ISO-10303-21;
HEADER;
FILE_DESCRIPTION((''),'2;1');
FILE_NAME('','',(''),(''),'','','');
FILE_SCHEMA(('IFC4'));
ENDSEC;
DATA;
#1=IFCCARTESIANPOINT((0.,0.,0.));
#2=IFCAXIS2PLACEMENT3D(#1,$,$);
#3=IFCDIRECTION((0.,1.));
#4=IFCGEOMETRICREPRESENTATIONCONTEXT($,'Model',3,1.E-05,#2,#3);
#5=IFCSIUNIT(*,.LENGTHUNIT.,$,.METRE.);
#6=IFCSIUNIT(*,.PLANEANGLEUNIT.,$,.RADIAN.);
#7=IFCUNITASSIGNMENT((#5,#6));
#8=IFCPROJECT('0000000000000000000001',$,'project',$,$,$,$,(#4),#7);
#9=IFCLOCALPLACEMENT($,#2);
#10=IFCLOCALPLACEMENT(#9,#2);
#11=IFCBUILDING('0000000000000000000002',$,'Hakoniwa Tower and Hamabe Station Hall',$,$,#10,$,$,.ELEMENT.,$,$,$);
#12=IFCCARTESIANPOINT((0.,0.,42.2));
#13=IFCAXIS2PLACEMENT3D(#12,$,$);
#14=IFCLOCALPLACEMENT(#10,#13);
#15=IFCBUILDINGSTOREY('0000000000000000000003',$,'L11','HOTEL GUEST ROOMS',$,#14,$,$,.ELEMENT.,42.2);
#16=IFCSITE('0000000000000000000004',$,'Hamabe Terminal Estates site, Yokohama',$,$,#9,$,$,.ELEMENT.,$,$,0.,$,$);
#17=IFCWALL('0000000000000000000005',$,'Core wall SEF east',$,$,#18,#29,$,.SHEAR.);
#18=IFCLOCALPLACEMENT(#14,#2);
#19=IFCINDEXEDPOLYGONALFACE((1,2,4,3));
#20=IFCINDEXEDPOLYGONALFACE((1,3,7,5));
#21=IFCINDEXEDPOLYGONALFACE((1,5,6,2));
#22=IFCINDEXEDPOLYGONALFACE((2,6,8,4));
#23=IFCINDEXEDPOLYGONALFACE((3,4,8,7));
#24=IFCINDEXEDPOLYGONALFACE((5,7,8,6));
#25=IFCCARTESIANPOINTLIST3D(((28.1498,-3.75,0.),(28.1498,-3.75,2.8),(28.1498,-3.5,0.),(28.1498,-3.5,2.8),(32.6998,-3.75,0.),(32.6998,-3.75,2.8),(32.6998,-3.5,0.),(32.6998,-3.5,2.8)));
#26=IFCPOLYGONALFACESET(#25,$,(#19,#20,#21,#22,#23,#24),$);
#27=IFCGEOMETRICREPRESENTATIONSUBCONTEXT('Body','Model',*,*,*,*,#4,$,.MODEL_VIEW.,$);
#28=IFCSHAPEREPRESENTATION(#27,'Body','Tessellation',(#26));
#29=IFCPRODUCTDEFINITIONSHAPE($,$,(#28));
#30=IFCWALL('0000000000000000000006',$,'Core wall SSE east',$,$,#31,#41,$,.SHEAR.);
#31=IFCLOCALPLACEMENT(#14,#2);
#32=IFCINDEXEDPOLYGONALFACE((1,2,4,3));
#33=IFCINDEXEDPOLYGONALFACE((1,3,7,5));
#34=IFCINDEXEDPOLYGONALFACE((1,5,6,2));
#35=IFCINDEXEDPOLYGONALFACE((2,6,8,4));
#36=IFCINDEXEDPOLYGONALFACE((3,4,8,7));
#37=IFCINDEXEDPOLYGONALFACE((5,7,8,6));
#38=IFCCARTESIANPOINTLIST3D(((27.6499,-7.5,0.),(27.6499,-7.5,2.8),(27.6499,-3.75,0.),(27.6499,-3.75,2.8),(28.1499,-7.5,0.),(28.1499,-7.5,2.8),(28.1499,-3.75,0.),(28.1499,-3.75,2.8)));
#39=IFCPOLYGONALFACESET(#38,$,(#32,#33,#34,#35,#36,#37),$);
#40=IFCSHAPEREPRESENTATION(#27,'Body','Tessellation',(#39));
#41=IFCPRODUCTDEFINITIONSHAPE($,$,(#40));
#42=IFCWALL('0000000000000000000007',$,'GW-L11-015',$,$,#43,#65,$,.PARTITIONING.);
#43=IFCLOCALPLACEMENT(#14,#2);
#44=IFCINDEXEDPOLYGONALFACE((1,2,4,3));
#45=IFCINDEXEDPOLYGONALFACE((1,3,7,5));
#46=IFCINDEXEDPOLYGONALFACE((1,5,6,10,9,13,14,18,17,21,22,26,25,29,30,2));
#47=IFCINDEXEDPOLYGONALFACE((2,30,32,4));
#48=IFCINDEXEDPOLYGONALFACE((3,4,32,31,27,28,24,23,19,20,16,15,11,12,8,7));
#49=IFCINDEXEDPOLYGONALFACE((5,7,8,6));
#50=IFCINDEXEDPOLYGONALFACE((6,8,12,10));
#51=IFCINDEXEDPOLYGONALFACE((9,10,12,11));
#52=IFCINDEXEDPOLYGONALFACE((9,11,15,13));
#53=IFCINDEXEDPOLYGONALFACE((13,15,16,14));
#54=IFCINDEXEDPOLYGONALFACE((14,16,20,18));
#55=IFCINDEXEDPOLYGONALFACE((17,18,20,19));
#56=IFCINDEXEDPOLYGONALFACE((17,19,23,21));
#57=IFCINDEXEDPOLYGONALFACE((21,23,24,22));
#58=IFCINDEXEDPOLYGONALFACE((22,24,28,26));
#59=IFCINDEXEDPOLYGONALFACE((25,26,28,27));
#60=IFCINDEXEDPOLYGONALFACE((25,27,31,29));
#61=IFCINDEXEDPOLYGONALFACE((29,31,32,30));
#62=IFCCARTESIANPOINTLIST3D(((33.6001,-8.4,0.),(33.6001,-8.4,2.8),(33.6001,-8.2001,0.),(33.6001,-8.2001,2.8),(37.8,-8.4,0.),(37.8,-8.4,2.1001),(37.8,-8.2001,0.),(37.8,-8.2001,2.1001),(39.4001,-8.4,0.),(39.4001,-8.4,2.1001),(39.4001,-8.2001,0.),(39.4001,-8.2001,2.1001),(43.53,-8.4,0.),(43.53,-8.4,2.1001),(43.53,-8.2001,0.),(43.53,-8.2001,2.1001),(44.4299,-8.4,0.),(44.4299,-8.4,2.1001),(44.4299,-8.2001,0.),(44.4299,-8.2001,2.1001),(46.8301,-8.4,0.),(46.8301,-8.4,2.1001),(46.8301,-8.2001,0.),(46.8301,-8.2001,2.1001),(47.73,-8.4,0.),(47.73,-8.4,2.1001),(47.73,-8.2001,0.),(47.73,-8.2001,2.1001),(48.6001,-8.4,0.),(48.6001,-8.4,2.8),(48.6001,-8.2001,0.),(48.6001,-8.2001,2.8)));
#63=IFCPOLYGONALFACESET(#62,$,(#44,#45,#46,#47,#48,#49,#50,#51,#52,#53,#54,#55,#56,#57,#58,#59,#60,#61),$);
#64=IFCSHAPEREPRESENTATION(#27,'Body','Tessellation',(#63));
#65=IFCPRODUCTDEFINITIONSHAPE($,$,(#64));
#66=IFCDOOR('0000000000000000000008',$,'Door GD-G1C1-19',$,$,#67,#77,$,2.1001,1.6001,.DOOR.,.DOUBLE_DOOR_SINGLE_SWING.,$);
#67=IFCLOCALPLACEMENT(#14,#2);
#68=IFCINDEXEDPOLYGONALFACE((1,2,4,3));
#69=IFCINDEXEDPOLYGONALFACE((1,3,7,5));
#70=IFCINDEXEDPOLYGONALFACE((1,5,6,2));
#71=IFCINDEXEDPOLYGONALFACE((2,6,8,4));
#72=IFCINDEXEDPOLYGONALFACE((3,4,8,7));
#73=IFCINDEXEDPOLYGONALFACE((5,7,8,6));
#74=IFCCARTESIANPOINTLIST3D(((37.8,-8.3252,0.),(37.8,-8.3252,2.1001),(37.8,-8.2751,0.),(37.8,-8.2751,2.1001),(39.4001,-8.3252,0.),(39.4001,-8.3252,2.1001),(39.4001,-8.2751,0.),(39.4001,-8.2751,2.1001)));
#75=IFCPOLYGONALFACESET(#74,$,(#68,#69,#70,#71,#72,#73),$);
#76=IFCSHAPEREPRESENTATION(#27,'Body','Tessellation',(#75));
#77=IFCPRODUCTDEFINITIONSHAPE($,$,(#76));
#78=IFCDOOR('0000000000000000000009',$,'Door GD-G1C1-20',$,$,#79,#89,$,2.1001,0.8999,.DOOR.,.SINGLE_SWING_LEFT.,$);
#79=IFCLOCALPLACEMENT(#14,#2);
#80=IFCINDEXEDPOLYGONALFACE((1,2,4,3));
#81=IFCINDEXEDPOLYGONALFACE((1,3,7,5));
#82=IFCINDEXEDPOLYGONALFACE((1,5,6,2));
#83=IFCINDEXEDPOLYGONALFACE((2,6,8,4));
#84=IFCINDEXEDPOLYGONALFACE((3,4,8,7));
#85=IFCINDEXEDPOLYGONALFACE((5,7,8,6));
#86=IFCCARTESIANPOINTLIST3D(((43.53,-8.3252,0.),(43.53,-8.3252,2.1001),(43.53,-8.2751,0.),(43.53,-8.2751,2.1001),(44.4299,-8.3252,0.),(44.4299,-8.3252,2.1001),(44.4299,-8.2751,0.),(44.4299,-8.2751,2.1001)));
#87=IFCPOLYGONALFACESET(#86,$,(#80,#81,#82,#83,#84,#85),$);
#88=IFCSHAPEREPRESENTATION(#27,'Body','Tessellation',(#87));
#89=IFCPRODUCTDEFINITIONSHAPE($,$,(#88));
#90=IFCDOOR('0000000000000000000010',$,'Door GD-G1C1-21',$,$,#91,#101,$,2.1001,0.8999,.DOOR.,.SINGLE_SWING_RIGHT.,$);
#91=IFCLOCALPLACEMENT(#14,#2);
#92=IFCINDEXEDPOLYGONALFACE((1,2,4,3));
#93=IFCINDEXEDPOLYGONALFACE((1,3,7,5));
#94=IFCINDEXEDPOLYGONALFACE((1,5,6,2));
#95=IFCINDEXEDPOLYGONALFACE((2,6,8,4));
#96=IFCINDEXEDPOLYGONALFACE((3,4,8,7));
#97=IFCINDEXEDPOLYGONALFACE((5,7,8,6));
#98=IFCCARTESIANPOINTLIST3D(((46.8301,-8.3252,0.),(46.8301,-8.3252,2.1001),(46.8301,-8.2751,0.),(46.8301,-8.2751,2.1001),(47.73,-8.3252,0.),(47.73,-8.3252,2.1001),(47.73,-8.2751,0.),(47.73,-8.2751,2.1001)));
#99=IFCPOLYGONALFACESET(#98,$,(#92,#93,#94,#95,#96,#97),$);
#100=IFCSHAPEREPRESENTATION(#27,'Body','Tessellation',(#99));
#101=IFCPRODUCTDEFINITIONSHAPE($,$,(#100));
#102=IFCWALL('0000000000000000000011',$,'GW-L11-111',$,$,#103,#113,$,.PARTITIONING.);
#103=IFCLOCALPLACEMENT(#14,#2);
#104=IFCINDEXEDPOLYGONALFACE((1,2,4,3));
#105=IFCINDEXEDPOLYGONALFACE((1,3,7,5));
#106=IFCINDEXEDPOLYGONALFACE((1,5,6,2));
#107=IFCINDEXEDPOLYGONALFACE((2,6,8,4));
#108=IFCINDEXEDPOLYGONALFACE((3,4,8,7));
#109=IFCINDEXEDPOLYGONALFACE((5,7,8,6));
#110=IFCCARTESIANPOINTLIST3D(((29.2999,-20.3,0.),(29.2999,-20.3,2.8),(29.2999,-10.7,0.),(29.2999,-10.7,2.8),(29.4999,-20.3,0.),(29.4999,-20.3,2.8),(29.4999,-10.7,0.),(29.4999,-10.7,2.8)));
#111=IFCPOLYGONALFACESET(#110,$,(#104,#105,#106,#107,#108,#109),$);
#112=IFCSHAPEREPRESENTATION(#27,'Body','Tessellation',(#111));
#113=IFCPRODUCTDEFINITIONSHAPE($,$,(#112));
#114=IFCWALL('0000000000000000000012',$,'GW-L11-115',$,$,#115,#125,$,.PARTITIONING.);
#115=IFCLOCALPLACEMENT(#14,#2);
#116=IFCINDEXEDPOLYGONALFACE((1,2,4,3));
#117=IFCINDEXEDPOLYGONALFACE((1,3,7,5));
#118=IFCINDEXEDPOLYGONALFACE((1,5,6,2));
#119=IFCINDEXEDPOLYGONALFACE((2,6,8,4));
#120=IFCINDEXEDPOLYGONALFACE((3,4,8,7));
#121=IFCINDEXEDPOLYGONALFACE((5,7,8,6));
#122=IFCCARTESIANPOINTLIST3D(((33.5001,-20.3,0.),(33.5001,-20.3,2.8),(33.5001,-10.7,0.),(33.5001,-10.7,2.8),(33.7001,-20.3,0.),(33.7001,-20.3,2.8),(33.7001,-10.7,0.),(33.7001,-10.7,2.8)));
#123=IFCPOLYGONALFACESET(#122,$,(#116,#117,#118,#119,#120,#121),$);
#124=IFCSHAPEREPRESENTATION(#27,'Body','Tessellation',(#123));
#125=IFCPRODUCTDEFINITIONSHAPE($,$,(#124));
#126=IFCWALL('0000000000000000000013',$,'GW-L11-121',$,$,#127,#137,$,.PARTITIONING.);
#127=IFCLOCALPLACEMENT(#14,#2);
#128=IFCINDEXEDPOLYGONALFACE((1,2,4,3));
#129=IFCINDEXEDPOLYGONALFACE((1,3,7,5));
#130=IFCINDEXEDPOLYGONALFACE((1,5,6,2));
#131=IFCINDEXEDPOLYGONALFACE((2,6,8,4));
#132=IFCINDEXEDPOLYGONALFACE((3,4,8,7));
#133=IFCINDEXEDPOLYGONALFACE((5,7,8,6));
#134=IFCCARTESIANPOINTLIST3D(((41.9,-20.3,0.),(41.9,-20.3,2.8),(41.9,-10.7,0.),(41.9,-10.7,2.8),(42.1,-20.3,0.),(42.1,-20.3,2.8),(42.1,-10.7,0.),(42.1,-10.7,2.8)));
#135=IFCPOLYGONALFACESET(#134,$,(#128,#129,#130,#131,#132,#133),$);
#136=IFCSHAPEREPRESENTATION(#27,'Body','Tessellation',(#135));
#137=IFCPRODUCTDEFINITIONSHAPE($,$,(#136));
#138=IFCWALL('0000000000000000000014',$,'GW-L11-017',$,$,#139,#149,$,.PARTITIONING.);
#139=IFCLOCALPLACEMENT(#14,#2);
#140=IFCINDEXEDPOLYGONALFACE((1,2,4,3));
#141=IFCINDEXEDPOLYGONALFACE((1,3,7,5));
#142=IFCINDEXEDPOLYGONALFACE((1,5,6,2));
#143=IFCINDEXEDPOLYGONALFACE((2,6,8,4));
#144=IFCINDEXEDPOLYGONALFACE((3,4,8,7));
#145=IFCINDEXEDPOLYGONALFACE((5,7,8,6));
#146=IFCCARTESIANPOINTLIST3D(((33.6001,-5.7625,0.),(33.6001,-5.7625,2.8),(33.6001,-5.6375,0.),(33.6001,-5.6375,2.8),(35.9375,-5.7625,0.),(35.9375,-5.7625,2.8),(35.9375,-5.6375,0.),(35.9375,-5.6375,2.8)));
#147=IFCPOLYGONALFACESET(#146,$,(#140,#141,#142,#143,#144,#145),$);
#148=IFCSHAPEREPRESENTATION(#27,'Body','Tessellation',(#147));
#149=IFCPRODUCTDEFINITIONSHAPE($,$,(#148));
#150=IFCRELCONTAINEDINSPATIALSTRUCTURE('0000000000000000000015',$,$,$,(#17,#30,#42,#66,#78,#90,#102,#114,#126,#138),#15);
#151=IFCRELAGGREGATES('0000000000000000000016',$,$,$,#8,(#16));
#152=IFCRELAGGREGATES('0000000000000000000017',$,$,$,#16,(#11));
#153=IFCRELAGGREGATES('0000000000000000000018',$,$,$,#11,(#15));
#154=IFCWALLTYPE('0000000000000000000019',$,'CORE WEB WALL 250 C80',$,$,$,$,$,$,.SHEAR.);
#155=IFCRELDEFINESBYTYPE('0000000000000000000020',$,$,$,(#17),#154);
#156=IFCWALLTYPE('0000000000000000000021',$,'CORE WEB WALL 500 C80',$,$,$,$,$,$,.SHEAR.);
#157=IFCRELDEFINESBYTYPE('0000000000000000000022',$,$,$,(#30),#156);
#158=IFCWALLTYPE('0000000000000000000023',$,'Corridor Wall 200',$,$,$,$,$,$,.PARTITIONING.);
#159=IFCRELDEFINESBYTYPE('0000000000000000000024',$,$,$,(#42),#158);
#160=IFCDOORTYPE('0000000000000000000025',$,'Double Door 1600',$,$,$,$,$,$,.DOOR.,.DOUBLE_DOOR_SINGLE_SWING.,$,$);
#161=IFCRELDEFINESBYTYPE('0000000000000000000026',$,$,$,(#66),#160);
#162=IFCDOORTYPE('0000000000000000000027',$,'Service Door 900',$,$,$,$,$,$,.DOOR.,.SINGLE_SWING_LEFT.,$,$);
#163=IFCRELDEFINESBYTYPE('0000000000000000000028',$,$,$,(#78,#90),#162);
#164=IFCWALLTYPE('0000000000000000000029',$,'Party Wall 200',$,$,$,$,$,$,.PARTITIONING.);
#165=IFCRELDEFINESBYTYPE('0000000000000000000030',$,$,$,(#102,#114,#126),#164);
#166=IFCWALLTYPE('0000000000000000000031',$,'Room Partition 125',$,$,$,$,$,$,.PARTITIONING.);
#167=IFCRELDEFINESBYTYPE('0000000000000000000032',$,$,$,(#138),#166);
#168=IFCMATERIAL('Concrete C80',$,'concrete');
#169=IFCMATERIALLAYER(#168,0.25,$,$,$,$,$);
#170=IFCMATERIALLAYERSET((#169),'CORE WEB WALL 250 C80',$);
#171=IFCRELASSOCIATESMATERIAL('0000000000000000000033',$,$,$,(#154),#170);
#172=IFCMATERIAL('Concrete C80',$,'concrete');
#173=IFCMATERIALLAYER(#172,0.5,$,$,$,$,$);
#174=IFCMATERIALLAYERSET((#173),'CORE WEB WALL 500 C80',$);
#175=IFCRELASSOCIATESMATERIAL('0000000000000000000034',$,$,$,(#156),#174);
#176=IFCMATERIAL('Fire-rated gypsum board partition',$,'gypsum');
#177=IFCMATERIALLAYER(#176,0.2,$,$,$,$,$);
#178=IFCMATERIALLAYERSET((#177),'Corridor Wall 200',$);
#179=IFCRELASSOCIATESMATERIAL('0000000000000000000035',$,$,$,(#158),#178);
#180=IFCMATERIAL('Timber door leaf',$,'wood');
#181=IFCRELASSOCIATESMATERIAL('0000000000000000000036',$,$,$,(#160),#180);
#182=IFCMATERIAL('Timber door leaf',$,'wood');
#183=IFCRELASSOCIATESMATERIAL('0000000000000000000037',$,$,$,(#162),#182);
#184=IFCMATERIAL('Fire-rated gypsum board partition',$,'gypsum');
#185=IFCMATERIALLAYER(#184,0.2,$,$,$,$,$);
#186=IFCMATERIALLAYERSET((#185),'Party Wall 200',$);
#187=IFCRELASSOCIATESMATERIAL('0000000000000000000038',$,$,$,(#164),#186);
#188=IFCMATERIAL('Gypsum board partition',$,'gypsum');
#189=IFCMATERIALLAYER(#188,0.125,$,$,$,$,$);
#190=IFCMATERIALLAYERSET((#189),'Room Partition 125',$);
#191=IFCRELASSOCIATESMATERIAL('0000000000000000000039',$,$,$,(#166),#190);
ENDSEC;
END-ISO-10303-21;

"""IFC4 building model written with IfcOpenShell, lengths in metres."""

from ifc_helpers import new_model, si_unit, direction, frame, frame_2d, origin, place, context, subcontext, project, spatial, rectangle, extrude, material, layer, layer_set, type_object, element, fill, save


model = new_model("IFC4")

# Units and contexts
model_context = context("Model", 3, precision=1e-05, world=origin(), true_north=direction((0.0, 1.0)))
body_context = subcontext(model_context, "Body", "Model", "MODEL_VIEW")
ifc_project = project(units=[si_unit("LENGTHUNIT", "METRE"), si_unit("PLANEANGLEUNIT", "RADIAN")], contexts=[model_context])

# Site, building, storey
site_placement = place(None, origin())
site = spatial("IfcSite", under=ifc_project, at=site_placement, Name="Hamabe Terminal Estates site, Yokohama", CompositionType="ELEMENT", RefElevation=0.0)
building_placement = place(site_placement, origin())
building = spatial("IfcBuilding", under=site, at=building_placement, Name="Hakoniwa Tower and Hamabe Station Hall", CompositionType="ELEMENT")
storey_placement = place(building_placement, frame((0.0, 0.0, 42.2)))
storey = spatial("IfcBuildingStorey", under=building, at=storey_placement, Name="L11", Description="HOTEL GUEST ROOMS", CompositionType="ELEMENT", Elevation=42.2)

# Walls
ifc_material_1 = material(Name="Concrete C80", Category="concrete")
ifc_layer_1 = layer(ifc_material_1, 0.25)
ifc_layer_set_1 = layer_set([ifc_layer_1], Name="CORE WEB WALL 250 C80")
wall_type_1 = type_object("IfcWallType", Name="CORE WEB WALL 250 C80", PredefinedType="SHEAR", material=ifc_layer_set_1)
wall_1_placement = place(storey_placement, frame((28.1499, -3.625, 0.0), z_axis=(0.0, 0.0, 1.0), x_axis=(1.0, 0.0, 0.0)))
element("IfcWall", 1, at=wall_1_placement, inside=storey, type_object=wall_type_1, Name="Core wall SEF east", PredefinedType="SHEAR", context=body_context, shape_type="SweptSolid", body=[
    extrude(rectangle(XDim=4.55, YDim=0.25, at=frame_2d((2.2749, 0.0))), origin(), (0.0, 0.0, 1.0), 2.8),
])
ifc_material_2 = material(Name="Concrete C80", Category="concrete")
ifc_layer_2 = layer(ifc_material_2, 0.5)
ifc_layer_set_2 = layer_set([ifc_layer_2], Name="CORE WEB WALL 500 C80")
wall_type_2 = type_object("IfcWallType", Name="CORE WEB WALL 500 C80", PredefinedType="SHEAR", material=ifc_layer_set_2)
wall_2_placement = place(storey_placement, frame((27.8999, -7.5, 0.0), z_axis=(0.0, 0.0, 1.0), x_axis=(0.0, 1.0, 0.0)))
element("IfcWall", 2, at=wall_2_placement, inside=storey, type_object=wall_type_2, Name="Core wall SSE east", PredefinedType="SHEAR", context=body_context, shape_type="SweptSolid", body=[
    extrude(rectangle(XDim=3.75, YDim=0.5, at=frame_2d((1.875, 0.0))), origin(), (0.0, 0.0, 1.0), 2.8),
])

# Wall, openings, doors
ifc_material_3 = material(Name="Fire-rated gypsum board partition", Category="gypsum")
ifc_layer_3 = layer(ifc_material_3, 0.2)
ifc_layer_set_3 = layer_set([ifc_layer_3], Name="Corridor Wall 200")
wall_type_3 = type_object("IfcWallType", Name="Corridor Wall 200", PredefinedType="PARTITIONING", material=ifc_layer_set_3)
wall_3_placement = place(storey_placement, frame((33.6001, -8.3, 0.0), z_axis=(0.0, 0.0, 1.0), x_axis=(1.0, 0.0, 0.0)))
wall_3 = element("IfcWall", 3, at=wall_3_placement, inside=storey, type_object=wall_type_3, Name="GW-L11-015", PredefinedType="PARTITIONING", context=body_context, shape_type="SweptSolid", body=[
    extrude(rectangle(XDim=15.0, YDim=0.2, at=frame_2d((7.5, 0.0))), origin(), (0.0, 0.0, 1.0), 2.8),
])
opening_1_placement = place(wall_3_placement, frame((4.2, 0.0, 0.0)))
opening_1 = element("IfcOpeningElement", 4, at=opening_1_placement, cuts=wall_3, PredefinedType="OPENING", context=body_context, shape_type="SweptSolid", body=[
    extrude(rectangle(XDim=1.6001, YDim=2.1001, at=frame_2d((0.8, 1.05))), frame((0.0, 0.1099, 0.0), z_axis=(0.0, -1.0, 0.0), x_axis=(1.0, 0.0, 0.0)), (0.0, 0.0, 1.0), 0.22),
])
opening_2_placement = place(wall_3_placement, frame((9.9299, 0.0, 0.0)))
opening_2 = element("IfcOpeningElement", 5, at=opening_2_placement, cuts=wall_3, PredefinedType="OPENING", context=body_context, shape_type="SweptSolid", body=[
    extrude(rectangle(XDim=0.8999, YDim=2.1001, at=frame_2d((0.45, 1.05))), frame((0.0, 0.1099, 0.0), z_axis=(0.0, -1.0, 0.0), x_axis=(1.0, 0.0, 0.0)), (0.0, 0.0, 1.0), 0.22),
])
opening_3_placement = place(wall_3_placement, frame((13.23, 0.0, 0.0)))
opening_3 = element("IfcOpeningElement", 6, at=opening_3_placement, cuts=wall_3, PredefinedType="OPENING", context=body_context, shape_type="SweptSolid", body=[
    extrude(rectangle(XDim=0.8999, YDim=2.1001, at=frame_2d((0.45, 1.05))), frame((0.0, 0.1099, 0.0), z_axis=(0.0, -1.0, 0.0), x_axis=(1.0, 0.0, 0.0)), (0.0, 0.0, 1.0), 0.22),
])
ifc_material_4 = material(Name="Timber door leaf", Category="wood")
door_type_1 = type_object("IfcDoorType", Name="Double Door 1600", OperationType="DOUBLE_DOOR_SINGLE_SWING", PredefinedType="DOOR", material=ifc_material_4)
door_1_placement = place(opening_1_placement, origin())
door_1 = element("IfcDoor", 7, at=door_1_placement, inside=storey, type_object=door_type_1, Name="Door GD-G1C1-19", OperationType="DOUBLE_DOOR_SINGLE_SWING", OverallHeight=2.1001, OverallWidth=1.6001, PredefinedType="DOOR", context=body_context, shape_type="SweptSolid", body=[
    extrude(rectangle(XDim=1.6001, YDim=2.1001, at=frame_2d((0.8, 1.05))), frame((0.0, 0.0249, 0.0), z_axis=(0.0, -1.0, 0.0), x_axis=(1.0, 0.0, 0.0)), (0.0, 0.0, 1.0), 0.05),
])
fill(opening_1, door_1)
ifc_material_5 = material(Name="Timber door leaf", Category="wood")
door_type_2 = type_object("IfcDoorType", Name="Service Door 900", OperationType="SINGLE_SWING_LEFT", PredefinedType="DOOR", material=ifc_material_5)
door_2_placement = place(opening_2_placement, origin())
door_2 = element("IfcDoor", 8, at=door_2_placement, inside=storey, type_object=door_type_2, Name="Door GD-G1C1-20", OperationType="SINGLE_SWING_LEFT", OverallHeight=2.1001, OverallWidth=0.8999, PredefinedType="DOOR", context=body_context, shape_type="SweptSolid", body=[
    extrude(rectangle(XDim=0.8999, YDim=2.1001, at=frame_2d((0.45, 1.05))), frame((0.0, 0.0249, 0.0), z_axis=(0.0, -1.0, 0.0), x_axis=(1.0, 0.0, 0.0)), (0.0, 0.0, 1.0), 0.05),
])
fill(opening_2, door_2)
door_3_placement = place(opening_3_placement, origin())
door_3 = element("IfcDoor", 9, at=door_3_placement, inside=storey, type_object=door_type_2, Name="Door GD-G1C1-21", OperationType="SINGLE_SWING_RIGHT", OverallHeight=2.1001, OverallWidth=0.8999, PredefinedType="DOOR", context=body_context, shape_type="SweptSolid", body=[
    extrude(rectangle(XDim=0.8999, YDim=2.1001, at=frame_2d((0.45, 1.05))), frame((0.0, 0.0249, 0.0), z_axis=(0.0, -1.0, 0.0), x_axis=(1.0, 0.0, 0.0)), (0.0, 0.0, 1.0), 0.05),
])
fill(opening_3, door_3)

# Walls
ifc_material_6 = material(Name="Fire-rated gypsum board partition", Category="gypsum")
ifc_layer_4 = layer(ifc_material_6, 0.2)
ifc_layer_set_4 = layer_set([ifc_layer_4], Name="Party Wall 200")
wall_type_4 = type_object("IfcWallType", Name="Party Wall 200", PredefinedType="PARTITIONING", material=ifc_layer_set_4)
for number, where, z_axis, x_axis, name in (
    (10, (29.3999, -20.3, 0.0), (0.0, 0.0, 1.0), (0.0, 1.0, 0.0), "GW-L11-111"),
    (11, (33.6001, -20.3, 0.0), (0.0, 0.0, 1.0), (0.0, 1.0, 0.0), "GW-L11-115"),
    (12, (42.0, -20.3, 0.0), (0.0, 0.0, 1.0), (0.0, 1.0, 0.0), "GW-L11-121"),
):
    element("IfcWall", number, at=place(storey_placement, frame(where, z_axis=z_axis, x_axis=x_axis)), inside=storey, type_object=wall_type_4, Name=name, PredefinedType="PARTITIONING", context=body_context, shape_type="SweptSolid", body=[
        extrude(rectangle(XDim=9.6001, YDim=0.2, at=frame_2d((4.8, 0.0))), origin(), (0.0, 0.0, 1.0), 2.8),
    ])
ifc_material_7 = material(Name="Gypsum board partition", Category="gypsum")
ifc_layer_5 = layer(ifc_material_7, 0.125)
ifc_layer_set_5 = layer_set([ifc_layer_5], Name="Room Partition 125")
wall_type_5 = type_object("IfcWallType", Name="Room Partition 125", PredefinedType="PARTITIONING", material=ifc_layer_set_5)
wall_4_placement = place(storey_placement, frame((33.6001, -5.7, 0.0), z_axis=(0.0, 0.0, 1.0), x_axis=(1.0, 0.0, 0.0)))
element("IfcWall", 13, at=wall_4_placement, inside=storey, type_object=wall_type_5, Name="GW-L11-017", PredefinedType="PARTITIONING", context=body_context, shape_type="SweptSolid", body=[
    extrude(rectangle(XDim=2.3374, YDim=0.125, at=frame_2d((1.1687, 0.0))), origin(), (0.0, 0.0, 1.0), 2.8),
])

save(model, "model.ifc")
